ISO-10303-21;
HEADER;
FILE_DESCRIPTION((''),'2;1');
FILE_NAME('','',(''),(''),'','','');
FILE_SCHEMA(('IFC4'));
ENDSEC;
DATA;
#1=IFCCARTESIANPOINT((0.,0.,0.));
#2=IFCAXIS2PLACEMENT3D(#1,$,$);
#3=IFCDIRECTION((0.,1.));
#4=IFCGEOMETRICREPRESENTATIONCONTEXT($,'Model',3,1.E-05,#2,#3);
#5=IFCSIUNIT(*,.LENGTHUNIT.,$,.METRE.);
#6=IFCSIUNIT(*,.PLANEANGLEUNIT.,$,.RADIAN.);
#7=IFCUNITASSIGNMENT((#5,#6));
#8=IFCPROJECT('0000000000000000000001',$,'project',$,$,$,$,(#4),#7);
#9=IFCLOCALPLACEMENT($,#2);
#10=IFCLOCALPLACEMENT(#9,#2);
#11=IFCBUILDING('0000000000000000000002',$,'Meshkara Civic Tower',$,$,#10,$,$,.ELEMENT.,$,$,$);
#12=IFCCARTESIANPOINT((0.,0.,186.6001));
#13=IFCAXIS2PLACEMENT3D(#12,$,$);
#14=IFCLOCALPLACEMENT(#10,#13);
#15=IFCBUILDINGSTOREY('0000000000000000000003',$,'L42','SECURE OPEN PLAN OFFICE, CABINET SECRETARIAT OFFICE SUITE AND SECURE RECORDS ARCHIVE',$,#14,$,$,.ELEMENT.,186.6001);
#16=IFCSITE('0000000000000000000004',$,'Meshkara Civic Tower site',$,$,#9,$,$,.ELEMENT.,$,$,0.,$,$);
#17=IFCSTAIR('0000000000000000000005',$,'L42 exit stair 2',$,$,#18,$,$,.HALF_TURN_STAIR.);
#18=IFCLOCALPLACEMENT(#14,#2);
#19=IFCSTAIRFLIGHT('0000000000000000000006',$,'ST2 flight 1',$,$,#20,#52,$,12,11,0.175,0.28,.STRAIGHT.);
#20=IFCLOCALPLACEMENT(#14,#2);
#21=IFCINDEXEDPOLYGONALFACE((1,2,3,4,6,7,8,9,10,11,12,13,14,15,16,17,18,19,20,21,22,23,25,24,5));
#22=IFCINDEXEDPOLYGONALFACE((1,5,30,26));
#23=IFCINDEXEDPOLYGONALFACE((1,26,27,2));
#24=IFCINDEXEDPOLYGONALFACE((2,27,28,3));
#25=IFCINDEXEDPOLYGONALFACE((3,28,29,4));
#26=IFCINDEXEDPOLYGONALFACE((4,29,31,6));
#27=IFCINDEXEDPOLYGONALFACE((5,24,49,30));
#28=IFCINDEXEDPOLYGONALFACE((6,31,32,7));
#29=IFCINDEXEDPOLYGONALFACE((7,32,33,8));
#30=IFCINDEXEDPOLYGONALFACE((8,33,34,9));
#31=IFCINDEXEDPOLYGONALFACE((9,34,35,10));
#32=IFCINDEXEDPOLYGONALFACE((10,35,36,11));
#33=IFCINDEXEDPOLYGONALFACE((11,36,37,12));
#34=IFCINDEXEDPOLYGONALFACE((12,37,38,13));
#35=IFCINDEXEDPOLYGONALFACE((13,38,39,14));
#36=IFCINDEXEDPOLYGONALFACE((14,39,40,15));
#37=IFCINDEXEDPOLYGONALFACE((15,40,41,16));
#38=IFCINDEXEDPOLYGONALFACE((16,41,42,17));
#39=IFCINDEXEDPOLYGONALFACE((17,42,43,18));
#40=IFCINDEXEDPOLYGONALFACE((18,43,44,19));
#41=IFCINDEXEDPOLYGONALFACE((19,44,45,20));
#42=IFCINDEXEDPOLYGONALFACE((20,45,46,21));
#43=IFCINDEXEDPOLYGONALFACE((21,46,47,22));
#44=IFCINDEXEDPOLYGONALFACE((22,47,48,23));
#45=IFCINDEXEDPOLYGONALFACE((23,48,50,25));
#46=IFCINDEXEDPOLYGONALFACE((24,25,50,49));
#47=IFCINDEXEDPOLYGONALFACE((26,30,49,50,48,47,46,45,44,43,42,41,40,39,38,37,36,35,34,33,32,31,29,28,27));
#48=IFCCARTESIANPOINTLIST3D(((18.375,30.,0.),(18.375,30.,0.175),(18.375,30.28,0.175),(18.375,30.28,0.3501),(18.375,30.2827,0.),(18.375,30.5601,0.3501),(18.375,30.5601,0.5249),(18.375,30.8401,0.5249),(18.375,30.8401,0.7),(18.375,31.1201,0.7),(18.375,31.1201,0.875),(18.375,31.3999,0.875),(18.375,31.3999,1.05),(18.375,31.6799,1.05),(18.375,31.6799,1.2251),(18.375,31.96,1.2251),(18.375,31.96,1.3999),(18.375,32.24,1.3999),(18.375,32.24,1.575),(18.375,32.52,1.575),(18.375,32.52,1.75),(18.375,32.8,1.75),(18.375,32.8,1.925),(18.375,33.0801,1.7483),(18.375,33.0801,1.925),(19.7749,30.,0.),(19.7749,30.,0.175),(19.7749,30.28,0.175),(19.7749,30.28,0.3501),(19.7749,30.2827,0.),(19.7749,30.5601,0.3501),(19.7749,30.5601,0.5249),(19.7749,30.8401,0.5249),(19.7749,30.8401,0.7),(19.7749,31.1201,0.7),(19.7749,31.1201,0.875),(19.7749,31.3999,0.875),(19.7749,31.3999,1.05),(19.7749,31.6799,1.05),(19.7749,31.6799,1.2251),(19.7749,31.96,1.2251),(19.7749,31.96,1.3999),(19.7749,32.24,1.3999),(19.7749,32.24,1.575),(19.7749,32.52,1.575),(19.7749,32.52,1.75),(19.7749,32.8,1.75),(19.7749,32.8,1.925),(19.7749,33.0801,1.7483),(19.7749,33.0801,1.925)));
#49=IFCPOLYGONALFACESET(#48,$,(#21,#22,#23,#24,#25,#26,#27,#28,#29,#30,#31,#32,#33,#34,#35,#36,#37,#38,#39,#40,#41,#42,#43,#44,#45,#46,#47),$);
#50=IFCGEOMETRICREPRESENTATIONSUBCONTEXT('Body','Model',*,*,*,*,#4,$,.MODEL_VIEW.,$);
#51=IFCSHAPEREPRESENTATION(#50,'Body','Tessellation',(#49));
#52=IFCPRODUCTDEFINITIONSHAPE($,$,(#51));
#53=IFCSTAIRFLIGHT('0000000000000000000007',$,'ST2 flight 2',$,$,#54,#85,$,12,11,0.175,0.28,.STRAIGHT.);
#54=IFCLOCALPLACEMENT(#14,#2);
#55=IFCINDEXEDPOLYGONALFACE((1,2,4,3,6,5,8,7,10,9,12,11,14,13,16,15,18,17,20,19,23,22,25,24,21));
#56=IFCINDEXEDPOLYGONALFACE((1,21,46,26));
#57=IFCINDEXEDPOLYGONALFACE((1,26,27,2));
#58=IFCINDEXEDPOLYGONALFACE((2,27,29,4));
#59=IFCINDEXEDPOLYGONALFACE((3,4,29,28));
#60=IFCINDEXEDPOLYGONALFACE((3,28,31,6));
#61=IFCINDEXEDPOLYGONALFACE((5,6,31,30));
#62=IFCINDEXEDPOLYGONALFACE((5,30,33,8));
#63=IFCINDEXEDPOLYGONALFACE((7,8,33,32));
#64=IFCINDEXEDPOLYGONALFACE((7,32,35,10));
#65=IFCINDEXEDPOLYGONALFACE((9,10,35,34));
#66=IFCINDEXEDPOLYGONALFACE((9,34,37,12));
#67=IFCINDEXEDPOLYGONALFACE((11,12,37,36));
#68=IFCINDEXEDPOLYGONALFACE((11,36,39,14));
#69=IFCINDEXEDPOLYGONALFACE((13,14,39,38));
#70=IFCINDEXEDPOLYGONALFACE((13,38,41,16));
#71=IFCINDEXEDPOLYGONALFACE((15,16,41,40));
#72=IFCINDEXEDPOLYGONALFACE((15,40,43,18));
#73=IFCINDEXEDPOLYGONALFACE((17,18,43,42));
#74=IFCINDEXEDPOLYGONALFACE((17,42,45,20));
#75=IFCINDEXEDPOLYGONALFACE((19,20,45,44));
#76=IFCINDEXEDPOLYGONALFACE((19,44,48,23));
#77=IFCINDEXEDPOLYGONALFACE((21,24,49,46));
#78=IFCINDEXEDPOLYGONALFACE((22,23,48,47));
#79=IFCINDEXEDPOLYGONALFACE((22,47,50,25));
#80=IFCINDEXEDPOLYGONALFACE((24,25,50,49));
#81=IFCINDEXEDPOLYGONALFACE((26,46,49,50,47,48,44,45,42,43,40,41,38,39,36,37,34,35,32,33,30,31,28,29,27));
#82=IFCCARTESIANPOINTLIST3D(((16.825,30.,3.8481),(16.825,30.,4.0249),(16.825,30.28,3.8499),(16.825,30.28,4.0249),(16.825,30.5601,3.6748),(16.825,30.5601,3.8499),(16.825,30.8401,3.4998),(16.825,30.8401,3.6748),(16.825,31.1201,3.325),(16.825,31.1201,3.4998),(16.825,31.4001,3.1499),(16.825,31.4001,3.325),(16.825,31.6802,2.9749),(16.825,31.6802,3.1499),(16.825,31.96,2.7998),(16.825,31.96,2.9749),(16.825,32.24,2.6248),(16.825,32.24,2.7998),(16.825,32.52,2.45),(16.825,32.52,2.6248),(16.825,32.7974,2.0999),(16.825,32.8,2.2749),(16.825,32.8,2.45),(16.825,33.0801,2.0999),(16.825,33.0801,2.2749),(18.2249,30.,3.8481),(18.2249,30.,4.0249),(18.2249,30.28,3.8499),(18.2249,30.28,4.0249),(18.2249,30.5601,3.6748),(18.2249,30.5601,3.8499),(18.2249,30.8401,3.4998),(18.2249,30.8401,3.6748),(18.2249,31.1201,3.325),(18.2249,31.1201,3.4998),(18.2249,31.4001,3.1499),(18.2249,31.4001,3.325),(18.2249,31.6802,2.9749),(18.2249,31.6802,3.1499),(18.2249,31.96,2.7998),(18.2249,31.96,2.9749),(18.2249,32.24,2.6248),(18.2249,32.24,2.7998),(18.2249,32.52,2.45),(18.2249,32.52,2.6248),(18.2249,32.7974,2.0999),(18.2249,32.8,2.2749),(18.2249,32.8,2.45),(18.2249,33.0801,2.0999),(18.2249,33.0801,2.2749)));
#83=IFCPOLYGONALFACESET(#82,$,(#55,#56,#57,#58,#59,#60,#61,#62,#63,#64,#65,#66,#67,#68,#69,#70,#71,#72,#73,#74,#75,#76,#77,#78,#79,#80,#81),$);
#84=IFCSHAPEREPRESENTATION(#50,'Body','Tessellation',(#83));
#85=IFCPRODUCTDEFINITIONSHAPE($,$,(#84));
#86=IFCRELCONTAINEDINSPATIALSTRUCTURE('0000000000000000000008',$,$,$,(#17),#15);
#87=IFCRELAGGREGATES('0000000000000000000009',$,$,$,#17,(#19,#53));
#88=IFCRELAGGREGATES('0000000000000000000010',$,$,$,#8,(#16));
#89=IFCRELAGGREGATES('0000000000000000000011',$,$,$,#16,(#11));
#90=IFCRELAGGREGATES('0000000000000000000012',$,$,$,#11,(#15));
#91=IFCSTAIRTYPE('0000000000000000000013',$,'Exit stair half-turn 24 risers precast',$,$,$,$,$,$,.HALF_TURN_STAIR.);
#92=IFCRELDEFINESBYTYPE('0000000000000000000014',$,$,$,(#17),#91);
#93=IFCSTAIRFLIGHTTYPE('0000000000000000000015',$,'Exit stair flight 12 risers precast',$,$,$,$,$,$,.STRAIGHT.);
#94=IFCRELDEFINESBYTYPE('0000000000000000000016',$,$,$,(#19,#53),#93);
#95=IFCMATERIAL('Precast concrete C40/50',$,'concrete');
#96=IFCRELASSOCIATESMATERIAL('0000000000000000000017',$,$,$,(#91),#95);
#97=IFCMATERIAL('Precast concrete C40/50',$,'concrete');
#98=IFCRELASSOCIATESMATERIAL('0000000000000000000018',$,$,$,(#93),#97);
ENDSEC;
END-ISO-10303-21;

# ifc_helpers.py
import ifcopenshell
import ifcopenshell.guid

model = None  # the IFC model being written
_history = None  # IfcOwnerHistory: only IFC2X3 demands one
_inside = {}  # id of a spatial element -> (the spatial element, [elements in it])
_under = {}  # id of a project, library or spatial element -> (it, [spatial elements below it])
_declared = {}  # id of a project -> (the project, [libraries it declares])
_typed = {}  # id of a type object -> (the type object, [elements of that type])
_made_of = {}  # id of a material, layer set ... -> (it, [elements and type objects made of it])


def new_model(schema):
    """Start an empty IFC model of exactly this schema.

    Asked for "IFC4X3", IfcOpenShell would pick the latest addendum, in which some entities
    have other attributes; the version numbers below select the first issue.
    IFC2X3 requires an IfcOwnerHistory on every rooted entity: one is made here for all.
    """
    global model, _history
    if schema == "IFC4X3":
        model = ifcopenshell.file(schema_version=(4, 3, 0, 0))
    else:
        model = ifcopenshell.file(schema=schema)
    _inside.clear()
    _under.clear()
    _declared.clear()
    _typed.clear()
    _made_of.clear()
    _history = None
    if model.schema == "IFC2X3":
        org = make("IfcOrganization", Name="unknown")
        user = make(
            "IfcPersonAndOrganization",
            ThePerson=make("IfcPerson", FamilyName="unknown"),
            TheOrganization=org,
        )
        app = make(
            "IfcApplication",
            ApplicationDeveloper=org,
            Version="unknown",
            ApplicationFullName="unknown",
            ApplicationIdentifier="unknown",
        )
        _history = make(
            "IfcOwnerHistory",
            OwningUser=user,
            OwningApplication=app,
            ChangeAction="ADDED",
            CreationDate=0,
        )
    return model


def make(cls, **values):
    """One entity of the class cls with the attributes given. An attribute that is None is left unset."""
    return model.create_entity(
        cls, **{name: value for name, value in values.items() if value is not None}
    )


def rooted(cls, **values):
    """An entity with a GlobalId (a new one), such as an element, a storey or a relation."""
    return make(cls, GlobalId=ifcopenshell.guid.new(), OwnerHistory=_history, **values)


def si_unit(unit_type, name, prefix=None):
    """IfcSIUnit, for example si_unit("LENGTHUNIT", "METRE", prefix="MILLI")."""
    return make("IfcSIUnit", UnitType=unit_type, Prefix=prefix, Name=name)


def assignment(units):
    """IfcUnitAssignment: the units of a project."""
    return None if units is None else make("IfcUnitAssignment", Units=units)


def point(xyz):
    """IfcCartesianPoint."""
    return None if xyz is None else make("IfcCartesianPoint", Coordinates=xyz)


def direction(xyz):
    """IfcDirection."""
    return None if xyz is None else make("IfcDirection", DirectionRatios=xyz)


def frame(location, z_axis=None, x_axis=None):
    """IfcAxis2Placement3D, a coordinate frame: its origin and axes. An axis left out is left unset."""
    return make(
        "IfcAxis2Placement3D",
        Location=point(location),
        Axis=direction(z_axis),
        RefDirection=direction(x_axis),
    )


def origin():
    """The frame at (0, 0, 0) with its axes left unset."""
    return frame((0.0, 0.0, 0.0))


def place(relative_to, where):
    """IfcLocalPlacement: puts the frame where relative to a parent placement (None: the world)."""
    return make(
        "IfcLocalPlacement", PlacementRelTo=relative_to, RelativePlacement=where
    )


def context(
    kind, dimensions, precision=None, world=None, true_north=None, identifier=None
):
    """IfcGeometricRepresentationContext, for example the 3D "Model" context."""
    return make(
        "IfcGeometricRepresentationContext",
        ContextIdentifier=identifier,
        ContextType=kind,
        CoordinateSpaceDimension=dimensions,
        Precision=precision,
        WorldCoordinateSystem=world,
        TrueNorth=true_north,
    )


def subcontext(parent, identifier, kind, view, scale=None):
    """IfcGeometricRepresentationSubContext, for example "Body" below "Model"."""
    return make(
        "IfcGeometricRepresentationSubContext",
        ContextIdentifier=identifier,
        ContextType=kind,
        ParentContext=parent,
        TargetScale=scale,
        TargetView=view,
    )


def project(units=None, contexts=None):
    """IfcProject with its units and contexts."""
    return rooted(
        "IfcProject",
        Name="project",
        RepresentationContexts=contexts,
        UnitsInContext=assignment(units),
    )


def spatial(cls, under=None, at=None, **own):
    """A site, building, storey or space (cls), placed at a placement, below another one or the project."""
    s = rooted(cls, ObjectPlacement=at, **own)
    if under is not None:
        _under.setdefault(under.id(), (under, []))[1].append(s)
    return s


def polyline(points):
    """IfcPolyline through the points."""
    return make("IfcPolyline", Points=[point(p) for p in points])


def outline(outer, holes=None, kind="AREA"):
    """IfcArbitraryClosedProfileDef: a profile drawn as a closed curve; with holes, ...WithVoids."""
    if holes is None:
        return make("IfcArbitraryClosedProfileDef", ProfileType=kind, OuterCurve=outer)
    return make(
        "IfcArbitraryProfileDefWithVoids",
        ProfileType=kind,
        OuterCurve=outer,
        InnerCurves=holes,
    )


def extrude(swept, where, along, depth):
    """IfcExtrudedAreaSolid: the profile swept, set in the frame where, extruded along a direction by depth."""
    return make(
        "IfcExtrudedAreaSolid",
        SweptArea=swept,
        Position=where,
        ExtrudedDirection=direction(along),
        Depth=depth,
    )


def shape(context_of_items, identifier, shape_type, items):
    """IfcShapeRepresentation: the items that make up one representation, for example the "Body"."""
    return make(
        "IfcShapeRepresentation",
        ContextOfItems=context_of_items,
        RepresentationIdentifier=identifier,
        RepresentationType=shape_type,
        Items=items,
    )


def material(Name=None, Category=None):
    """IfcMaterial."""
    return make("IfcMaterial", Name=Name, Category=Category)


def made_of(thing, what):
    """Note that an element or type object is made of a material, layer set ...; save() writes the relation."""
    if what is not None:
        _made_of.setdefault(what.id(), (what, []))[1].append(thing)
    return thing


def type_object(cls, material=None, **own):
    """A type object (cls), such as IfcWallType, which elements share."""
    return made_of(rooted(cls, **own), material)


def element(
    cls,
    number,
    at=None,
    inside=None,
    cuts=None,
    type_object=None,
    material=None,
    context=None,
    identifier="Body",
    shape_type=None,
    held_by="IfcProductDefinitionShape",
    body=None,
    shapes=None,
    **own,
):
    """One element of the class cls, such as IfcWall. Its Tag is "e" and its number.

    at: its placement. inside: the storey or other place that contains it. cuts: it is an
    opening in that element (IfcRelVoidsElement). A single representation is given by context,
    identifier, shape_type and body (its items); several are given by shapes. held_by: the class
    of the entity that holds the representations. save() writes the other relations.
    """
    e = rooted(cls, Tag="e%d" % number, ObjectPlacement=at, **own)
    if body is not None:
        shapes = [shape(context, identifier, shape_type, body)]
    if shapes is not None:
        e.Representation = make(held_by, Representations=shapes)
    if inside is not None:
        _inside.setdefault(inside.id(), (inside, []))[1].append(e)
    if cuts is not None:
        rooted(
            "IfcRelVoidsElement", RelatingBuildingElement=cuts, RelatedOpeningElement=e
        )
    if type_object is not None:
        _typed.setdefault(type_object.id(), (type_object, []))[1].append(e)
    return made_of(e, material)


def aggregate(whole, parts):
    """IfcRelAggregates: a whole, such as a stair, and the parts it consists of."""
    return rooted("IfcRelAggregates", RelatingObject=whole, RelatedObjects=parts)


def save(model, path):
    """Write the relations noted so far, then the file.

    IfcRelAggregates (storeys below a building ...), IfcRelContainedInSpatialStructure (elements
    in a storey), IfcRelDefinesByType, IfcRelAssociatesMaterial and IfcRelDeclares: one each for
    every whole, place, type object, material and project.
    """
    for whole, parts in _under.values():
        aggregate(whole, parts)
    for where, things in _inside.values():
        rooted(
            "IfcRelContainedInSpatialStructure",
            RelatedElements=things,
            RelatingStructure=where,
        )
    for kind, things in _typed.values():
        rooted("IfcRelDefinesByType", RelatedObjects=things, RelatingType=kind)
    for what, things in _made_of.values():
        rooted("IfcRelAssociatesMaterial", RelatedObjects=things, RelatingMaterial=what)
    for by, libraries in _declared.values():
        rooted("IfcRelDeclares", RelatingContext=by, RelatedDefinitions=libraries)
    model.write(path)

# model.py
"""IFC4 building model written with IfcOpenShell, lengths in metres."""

from ifc_helpers import new_model, si_unit, direction, frame, origin, place, context, subcontext, project, spatial, polyline, outline, extrude, material, type_object, element, aggregate, save


model = new_model("IFC4")

# Units and contexts
model_context = context("Model", 3, precision=1e-05, world=origin(), true_north=direction((0.0, 1.0)))
body_context = subcontext(model_context, "Body", "Model", "MODEL_VIEW")
ifc_project = project(units=[si_unit("LENGTHUNIT", "METRE"), si_unit("PLANEANGLEUNIT", "RADIAN")], contexts=[model_context])

# Site, building, storey
site_placement = place(None, origin())
site = spatial("IfcSite", under=ifc_project, at=site_placement, Name="Meshkara Civic Tower site", CompositionType="ELEMENT", RefElevation=0.0)
building_placement = place(site_placement, origin())
building = spatial("IfcBuilding", under=site, at=building_placement, Name="Meshkara Civic Tower", CompositionType="ELEMENT")
storey_placement = place(building_placement, frame((0.0, 0.0, 186.6001)))
storey = spatial("IfcBuildingStorey", under=building, at=storey_placement, Name="L42", Description="SECURE OPEN PLAN OFFICE, CABINET SECRETARIAT OFFICE SUITE AND SECURE RECORDS ARCHIVE", CompositionType="ELEMENT", Elevation=186.6001)

# Stair, stair flights
ifc_material_1 = material(Name="Precast concrete C40/50", Category="concrete")
stair_type = type_object("IfcStairType", Name="Exit stair half-turn 24 risers precast", PredefinedType="HALF_TURN_STAIR", material=ifc_material_1)
stair_placement = place(storey_placement, origin())
stair = element("IfcStair", 1, at=stair_placement, inside=storey, type_object=stair_type, Name="L42 exit stair 2", PredefinedType="HALF_TURN_STAIR")
ifc_material_2 = material(Name="Precast concrete C40/50", Category="concrete")
stair_flight_type = type_object("IfcStairFlightType", Name="Exit stair flight 12 risers precast", PredefinedType="STRAIGHT", material=ifc_material_2)
stair_flight_1_placement = place(storey_placement, frame((19.075, 30.0, 0.0), z_axis=(0.0, 0.0, 1.0), x_axis=(0.0, 1.0, 0.0)))
stair_flight_1 = element("IfcStairFlight", 2, at=stair_flight_1_placement, type_object=stair_flight_type, Name="ST2 flight 1", NumberOfRisers=12, NumberOfTreads=11, PredefinedType="STRAIGHT", RiserHeight=0.175, TreadLength=0.28, context=body_context, shape_type="SweptSolid", body=[
    extrude(outline(polyline([(0.0, 0.0), (0.0, 0.175), (0.28, 0.175), (0.28, 0.3501), (0.5601, 0.3501), (0.5601, 0.5249), (0.8401, 0.5249), (0.8401, 0.7), (1.1201, 0.7), (1.1201, 0.875), (1.3999, 0.875), (1.3999, 1.05), (1.6799, 1.05), (1.6799, 1.2251), (1.96, 1.2251), (1.96, 1.3999), (2.24, 1.3999), (2.24, 1.575), (2.52, 1.575), (2.52, 1.75), (2.8, 1.75), (2.8, 1.925), (3.0801, 1.925), (3.0801, 2.1001), (3.0801, 1.7483), (0.2827, 0.0), (0.0, 0.0)])), frame((0.0, 0.7, 0.0), z_axis=(0.0, -1.0, 0.0), x_axis=(1.0, 0.0, 0.0)), (0.0, 0.0, 1.0), 1.3999),
])
stair_flight_2_placement = place(storey_placement, frame((17.5249, 33.0801, 2.0999), z_axis=(0.0, 0.0, 1.0), x_axis=(0.0, -1.0, 0.0)))
stair_flight_2 = element("IfcStairFlight", 3, at=stair_flight_2_placement, type_object=stair_flight_type, Name="ST2 flight 2", NumberOfRisers=12, NumberOfTreads=11, PredefinedType="STRAIGHT", RiserHeight=0.175, TreadLength=0.28, context=body_context, shape_type="SweptSolid", body=[
    extrude(outline(polyline([(0.0, 0.0), (0.0, 0.175), (0.28, 0.175), (0.28, 0.3501), (0.5601, 0.3501), (0.5601, 0.5249), (0.8401, 0.5249), (0.8401, 0.7), (1.1201, 0.7), (1.1201, 0.875), (1.3999, 0.875), (1.3999, 1.05), (1.6799, 1.05), (1.6799, 1.2251), (1.96, 1.2251), (1.96, 1.3999), (2.24, 1.3999), (2.24, 1.575), (2.52, 1.575), (2.52, 1.75), (2.8, 1.75), (2.8, 1.925), (3.0801, 1.925), (3.0801, 2.1001), (3.0801, 1.7483), (0.2827, 0.0), (0.0, 0.0)])), frame((0.0, 0.7, 0.0), z_axis=(0.0, -1.0, 0.0), x_axis=(1.0, 0.0, 0.0)), (0.0, 0.0, 1.0), 1.3999),
])
aggregate(stair, [stair_flight_1, stair_flight_2])

save(model, "model.ifc")
